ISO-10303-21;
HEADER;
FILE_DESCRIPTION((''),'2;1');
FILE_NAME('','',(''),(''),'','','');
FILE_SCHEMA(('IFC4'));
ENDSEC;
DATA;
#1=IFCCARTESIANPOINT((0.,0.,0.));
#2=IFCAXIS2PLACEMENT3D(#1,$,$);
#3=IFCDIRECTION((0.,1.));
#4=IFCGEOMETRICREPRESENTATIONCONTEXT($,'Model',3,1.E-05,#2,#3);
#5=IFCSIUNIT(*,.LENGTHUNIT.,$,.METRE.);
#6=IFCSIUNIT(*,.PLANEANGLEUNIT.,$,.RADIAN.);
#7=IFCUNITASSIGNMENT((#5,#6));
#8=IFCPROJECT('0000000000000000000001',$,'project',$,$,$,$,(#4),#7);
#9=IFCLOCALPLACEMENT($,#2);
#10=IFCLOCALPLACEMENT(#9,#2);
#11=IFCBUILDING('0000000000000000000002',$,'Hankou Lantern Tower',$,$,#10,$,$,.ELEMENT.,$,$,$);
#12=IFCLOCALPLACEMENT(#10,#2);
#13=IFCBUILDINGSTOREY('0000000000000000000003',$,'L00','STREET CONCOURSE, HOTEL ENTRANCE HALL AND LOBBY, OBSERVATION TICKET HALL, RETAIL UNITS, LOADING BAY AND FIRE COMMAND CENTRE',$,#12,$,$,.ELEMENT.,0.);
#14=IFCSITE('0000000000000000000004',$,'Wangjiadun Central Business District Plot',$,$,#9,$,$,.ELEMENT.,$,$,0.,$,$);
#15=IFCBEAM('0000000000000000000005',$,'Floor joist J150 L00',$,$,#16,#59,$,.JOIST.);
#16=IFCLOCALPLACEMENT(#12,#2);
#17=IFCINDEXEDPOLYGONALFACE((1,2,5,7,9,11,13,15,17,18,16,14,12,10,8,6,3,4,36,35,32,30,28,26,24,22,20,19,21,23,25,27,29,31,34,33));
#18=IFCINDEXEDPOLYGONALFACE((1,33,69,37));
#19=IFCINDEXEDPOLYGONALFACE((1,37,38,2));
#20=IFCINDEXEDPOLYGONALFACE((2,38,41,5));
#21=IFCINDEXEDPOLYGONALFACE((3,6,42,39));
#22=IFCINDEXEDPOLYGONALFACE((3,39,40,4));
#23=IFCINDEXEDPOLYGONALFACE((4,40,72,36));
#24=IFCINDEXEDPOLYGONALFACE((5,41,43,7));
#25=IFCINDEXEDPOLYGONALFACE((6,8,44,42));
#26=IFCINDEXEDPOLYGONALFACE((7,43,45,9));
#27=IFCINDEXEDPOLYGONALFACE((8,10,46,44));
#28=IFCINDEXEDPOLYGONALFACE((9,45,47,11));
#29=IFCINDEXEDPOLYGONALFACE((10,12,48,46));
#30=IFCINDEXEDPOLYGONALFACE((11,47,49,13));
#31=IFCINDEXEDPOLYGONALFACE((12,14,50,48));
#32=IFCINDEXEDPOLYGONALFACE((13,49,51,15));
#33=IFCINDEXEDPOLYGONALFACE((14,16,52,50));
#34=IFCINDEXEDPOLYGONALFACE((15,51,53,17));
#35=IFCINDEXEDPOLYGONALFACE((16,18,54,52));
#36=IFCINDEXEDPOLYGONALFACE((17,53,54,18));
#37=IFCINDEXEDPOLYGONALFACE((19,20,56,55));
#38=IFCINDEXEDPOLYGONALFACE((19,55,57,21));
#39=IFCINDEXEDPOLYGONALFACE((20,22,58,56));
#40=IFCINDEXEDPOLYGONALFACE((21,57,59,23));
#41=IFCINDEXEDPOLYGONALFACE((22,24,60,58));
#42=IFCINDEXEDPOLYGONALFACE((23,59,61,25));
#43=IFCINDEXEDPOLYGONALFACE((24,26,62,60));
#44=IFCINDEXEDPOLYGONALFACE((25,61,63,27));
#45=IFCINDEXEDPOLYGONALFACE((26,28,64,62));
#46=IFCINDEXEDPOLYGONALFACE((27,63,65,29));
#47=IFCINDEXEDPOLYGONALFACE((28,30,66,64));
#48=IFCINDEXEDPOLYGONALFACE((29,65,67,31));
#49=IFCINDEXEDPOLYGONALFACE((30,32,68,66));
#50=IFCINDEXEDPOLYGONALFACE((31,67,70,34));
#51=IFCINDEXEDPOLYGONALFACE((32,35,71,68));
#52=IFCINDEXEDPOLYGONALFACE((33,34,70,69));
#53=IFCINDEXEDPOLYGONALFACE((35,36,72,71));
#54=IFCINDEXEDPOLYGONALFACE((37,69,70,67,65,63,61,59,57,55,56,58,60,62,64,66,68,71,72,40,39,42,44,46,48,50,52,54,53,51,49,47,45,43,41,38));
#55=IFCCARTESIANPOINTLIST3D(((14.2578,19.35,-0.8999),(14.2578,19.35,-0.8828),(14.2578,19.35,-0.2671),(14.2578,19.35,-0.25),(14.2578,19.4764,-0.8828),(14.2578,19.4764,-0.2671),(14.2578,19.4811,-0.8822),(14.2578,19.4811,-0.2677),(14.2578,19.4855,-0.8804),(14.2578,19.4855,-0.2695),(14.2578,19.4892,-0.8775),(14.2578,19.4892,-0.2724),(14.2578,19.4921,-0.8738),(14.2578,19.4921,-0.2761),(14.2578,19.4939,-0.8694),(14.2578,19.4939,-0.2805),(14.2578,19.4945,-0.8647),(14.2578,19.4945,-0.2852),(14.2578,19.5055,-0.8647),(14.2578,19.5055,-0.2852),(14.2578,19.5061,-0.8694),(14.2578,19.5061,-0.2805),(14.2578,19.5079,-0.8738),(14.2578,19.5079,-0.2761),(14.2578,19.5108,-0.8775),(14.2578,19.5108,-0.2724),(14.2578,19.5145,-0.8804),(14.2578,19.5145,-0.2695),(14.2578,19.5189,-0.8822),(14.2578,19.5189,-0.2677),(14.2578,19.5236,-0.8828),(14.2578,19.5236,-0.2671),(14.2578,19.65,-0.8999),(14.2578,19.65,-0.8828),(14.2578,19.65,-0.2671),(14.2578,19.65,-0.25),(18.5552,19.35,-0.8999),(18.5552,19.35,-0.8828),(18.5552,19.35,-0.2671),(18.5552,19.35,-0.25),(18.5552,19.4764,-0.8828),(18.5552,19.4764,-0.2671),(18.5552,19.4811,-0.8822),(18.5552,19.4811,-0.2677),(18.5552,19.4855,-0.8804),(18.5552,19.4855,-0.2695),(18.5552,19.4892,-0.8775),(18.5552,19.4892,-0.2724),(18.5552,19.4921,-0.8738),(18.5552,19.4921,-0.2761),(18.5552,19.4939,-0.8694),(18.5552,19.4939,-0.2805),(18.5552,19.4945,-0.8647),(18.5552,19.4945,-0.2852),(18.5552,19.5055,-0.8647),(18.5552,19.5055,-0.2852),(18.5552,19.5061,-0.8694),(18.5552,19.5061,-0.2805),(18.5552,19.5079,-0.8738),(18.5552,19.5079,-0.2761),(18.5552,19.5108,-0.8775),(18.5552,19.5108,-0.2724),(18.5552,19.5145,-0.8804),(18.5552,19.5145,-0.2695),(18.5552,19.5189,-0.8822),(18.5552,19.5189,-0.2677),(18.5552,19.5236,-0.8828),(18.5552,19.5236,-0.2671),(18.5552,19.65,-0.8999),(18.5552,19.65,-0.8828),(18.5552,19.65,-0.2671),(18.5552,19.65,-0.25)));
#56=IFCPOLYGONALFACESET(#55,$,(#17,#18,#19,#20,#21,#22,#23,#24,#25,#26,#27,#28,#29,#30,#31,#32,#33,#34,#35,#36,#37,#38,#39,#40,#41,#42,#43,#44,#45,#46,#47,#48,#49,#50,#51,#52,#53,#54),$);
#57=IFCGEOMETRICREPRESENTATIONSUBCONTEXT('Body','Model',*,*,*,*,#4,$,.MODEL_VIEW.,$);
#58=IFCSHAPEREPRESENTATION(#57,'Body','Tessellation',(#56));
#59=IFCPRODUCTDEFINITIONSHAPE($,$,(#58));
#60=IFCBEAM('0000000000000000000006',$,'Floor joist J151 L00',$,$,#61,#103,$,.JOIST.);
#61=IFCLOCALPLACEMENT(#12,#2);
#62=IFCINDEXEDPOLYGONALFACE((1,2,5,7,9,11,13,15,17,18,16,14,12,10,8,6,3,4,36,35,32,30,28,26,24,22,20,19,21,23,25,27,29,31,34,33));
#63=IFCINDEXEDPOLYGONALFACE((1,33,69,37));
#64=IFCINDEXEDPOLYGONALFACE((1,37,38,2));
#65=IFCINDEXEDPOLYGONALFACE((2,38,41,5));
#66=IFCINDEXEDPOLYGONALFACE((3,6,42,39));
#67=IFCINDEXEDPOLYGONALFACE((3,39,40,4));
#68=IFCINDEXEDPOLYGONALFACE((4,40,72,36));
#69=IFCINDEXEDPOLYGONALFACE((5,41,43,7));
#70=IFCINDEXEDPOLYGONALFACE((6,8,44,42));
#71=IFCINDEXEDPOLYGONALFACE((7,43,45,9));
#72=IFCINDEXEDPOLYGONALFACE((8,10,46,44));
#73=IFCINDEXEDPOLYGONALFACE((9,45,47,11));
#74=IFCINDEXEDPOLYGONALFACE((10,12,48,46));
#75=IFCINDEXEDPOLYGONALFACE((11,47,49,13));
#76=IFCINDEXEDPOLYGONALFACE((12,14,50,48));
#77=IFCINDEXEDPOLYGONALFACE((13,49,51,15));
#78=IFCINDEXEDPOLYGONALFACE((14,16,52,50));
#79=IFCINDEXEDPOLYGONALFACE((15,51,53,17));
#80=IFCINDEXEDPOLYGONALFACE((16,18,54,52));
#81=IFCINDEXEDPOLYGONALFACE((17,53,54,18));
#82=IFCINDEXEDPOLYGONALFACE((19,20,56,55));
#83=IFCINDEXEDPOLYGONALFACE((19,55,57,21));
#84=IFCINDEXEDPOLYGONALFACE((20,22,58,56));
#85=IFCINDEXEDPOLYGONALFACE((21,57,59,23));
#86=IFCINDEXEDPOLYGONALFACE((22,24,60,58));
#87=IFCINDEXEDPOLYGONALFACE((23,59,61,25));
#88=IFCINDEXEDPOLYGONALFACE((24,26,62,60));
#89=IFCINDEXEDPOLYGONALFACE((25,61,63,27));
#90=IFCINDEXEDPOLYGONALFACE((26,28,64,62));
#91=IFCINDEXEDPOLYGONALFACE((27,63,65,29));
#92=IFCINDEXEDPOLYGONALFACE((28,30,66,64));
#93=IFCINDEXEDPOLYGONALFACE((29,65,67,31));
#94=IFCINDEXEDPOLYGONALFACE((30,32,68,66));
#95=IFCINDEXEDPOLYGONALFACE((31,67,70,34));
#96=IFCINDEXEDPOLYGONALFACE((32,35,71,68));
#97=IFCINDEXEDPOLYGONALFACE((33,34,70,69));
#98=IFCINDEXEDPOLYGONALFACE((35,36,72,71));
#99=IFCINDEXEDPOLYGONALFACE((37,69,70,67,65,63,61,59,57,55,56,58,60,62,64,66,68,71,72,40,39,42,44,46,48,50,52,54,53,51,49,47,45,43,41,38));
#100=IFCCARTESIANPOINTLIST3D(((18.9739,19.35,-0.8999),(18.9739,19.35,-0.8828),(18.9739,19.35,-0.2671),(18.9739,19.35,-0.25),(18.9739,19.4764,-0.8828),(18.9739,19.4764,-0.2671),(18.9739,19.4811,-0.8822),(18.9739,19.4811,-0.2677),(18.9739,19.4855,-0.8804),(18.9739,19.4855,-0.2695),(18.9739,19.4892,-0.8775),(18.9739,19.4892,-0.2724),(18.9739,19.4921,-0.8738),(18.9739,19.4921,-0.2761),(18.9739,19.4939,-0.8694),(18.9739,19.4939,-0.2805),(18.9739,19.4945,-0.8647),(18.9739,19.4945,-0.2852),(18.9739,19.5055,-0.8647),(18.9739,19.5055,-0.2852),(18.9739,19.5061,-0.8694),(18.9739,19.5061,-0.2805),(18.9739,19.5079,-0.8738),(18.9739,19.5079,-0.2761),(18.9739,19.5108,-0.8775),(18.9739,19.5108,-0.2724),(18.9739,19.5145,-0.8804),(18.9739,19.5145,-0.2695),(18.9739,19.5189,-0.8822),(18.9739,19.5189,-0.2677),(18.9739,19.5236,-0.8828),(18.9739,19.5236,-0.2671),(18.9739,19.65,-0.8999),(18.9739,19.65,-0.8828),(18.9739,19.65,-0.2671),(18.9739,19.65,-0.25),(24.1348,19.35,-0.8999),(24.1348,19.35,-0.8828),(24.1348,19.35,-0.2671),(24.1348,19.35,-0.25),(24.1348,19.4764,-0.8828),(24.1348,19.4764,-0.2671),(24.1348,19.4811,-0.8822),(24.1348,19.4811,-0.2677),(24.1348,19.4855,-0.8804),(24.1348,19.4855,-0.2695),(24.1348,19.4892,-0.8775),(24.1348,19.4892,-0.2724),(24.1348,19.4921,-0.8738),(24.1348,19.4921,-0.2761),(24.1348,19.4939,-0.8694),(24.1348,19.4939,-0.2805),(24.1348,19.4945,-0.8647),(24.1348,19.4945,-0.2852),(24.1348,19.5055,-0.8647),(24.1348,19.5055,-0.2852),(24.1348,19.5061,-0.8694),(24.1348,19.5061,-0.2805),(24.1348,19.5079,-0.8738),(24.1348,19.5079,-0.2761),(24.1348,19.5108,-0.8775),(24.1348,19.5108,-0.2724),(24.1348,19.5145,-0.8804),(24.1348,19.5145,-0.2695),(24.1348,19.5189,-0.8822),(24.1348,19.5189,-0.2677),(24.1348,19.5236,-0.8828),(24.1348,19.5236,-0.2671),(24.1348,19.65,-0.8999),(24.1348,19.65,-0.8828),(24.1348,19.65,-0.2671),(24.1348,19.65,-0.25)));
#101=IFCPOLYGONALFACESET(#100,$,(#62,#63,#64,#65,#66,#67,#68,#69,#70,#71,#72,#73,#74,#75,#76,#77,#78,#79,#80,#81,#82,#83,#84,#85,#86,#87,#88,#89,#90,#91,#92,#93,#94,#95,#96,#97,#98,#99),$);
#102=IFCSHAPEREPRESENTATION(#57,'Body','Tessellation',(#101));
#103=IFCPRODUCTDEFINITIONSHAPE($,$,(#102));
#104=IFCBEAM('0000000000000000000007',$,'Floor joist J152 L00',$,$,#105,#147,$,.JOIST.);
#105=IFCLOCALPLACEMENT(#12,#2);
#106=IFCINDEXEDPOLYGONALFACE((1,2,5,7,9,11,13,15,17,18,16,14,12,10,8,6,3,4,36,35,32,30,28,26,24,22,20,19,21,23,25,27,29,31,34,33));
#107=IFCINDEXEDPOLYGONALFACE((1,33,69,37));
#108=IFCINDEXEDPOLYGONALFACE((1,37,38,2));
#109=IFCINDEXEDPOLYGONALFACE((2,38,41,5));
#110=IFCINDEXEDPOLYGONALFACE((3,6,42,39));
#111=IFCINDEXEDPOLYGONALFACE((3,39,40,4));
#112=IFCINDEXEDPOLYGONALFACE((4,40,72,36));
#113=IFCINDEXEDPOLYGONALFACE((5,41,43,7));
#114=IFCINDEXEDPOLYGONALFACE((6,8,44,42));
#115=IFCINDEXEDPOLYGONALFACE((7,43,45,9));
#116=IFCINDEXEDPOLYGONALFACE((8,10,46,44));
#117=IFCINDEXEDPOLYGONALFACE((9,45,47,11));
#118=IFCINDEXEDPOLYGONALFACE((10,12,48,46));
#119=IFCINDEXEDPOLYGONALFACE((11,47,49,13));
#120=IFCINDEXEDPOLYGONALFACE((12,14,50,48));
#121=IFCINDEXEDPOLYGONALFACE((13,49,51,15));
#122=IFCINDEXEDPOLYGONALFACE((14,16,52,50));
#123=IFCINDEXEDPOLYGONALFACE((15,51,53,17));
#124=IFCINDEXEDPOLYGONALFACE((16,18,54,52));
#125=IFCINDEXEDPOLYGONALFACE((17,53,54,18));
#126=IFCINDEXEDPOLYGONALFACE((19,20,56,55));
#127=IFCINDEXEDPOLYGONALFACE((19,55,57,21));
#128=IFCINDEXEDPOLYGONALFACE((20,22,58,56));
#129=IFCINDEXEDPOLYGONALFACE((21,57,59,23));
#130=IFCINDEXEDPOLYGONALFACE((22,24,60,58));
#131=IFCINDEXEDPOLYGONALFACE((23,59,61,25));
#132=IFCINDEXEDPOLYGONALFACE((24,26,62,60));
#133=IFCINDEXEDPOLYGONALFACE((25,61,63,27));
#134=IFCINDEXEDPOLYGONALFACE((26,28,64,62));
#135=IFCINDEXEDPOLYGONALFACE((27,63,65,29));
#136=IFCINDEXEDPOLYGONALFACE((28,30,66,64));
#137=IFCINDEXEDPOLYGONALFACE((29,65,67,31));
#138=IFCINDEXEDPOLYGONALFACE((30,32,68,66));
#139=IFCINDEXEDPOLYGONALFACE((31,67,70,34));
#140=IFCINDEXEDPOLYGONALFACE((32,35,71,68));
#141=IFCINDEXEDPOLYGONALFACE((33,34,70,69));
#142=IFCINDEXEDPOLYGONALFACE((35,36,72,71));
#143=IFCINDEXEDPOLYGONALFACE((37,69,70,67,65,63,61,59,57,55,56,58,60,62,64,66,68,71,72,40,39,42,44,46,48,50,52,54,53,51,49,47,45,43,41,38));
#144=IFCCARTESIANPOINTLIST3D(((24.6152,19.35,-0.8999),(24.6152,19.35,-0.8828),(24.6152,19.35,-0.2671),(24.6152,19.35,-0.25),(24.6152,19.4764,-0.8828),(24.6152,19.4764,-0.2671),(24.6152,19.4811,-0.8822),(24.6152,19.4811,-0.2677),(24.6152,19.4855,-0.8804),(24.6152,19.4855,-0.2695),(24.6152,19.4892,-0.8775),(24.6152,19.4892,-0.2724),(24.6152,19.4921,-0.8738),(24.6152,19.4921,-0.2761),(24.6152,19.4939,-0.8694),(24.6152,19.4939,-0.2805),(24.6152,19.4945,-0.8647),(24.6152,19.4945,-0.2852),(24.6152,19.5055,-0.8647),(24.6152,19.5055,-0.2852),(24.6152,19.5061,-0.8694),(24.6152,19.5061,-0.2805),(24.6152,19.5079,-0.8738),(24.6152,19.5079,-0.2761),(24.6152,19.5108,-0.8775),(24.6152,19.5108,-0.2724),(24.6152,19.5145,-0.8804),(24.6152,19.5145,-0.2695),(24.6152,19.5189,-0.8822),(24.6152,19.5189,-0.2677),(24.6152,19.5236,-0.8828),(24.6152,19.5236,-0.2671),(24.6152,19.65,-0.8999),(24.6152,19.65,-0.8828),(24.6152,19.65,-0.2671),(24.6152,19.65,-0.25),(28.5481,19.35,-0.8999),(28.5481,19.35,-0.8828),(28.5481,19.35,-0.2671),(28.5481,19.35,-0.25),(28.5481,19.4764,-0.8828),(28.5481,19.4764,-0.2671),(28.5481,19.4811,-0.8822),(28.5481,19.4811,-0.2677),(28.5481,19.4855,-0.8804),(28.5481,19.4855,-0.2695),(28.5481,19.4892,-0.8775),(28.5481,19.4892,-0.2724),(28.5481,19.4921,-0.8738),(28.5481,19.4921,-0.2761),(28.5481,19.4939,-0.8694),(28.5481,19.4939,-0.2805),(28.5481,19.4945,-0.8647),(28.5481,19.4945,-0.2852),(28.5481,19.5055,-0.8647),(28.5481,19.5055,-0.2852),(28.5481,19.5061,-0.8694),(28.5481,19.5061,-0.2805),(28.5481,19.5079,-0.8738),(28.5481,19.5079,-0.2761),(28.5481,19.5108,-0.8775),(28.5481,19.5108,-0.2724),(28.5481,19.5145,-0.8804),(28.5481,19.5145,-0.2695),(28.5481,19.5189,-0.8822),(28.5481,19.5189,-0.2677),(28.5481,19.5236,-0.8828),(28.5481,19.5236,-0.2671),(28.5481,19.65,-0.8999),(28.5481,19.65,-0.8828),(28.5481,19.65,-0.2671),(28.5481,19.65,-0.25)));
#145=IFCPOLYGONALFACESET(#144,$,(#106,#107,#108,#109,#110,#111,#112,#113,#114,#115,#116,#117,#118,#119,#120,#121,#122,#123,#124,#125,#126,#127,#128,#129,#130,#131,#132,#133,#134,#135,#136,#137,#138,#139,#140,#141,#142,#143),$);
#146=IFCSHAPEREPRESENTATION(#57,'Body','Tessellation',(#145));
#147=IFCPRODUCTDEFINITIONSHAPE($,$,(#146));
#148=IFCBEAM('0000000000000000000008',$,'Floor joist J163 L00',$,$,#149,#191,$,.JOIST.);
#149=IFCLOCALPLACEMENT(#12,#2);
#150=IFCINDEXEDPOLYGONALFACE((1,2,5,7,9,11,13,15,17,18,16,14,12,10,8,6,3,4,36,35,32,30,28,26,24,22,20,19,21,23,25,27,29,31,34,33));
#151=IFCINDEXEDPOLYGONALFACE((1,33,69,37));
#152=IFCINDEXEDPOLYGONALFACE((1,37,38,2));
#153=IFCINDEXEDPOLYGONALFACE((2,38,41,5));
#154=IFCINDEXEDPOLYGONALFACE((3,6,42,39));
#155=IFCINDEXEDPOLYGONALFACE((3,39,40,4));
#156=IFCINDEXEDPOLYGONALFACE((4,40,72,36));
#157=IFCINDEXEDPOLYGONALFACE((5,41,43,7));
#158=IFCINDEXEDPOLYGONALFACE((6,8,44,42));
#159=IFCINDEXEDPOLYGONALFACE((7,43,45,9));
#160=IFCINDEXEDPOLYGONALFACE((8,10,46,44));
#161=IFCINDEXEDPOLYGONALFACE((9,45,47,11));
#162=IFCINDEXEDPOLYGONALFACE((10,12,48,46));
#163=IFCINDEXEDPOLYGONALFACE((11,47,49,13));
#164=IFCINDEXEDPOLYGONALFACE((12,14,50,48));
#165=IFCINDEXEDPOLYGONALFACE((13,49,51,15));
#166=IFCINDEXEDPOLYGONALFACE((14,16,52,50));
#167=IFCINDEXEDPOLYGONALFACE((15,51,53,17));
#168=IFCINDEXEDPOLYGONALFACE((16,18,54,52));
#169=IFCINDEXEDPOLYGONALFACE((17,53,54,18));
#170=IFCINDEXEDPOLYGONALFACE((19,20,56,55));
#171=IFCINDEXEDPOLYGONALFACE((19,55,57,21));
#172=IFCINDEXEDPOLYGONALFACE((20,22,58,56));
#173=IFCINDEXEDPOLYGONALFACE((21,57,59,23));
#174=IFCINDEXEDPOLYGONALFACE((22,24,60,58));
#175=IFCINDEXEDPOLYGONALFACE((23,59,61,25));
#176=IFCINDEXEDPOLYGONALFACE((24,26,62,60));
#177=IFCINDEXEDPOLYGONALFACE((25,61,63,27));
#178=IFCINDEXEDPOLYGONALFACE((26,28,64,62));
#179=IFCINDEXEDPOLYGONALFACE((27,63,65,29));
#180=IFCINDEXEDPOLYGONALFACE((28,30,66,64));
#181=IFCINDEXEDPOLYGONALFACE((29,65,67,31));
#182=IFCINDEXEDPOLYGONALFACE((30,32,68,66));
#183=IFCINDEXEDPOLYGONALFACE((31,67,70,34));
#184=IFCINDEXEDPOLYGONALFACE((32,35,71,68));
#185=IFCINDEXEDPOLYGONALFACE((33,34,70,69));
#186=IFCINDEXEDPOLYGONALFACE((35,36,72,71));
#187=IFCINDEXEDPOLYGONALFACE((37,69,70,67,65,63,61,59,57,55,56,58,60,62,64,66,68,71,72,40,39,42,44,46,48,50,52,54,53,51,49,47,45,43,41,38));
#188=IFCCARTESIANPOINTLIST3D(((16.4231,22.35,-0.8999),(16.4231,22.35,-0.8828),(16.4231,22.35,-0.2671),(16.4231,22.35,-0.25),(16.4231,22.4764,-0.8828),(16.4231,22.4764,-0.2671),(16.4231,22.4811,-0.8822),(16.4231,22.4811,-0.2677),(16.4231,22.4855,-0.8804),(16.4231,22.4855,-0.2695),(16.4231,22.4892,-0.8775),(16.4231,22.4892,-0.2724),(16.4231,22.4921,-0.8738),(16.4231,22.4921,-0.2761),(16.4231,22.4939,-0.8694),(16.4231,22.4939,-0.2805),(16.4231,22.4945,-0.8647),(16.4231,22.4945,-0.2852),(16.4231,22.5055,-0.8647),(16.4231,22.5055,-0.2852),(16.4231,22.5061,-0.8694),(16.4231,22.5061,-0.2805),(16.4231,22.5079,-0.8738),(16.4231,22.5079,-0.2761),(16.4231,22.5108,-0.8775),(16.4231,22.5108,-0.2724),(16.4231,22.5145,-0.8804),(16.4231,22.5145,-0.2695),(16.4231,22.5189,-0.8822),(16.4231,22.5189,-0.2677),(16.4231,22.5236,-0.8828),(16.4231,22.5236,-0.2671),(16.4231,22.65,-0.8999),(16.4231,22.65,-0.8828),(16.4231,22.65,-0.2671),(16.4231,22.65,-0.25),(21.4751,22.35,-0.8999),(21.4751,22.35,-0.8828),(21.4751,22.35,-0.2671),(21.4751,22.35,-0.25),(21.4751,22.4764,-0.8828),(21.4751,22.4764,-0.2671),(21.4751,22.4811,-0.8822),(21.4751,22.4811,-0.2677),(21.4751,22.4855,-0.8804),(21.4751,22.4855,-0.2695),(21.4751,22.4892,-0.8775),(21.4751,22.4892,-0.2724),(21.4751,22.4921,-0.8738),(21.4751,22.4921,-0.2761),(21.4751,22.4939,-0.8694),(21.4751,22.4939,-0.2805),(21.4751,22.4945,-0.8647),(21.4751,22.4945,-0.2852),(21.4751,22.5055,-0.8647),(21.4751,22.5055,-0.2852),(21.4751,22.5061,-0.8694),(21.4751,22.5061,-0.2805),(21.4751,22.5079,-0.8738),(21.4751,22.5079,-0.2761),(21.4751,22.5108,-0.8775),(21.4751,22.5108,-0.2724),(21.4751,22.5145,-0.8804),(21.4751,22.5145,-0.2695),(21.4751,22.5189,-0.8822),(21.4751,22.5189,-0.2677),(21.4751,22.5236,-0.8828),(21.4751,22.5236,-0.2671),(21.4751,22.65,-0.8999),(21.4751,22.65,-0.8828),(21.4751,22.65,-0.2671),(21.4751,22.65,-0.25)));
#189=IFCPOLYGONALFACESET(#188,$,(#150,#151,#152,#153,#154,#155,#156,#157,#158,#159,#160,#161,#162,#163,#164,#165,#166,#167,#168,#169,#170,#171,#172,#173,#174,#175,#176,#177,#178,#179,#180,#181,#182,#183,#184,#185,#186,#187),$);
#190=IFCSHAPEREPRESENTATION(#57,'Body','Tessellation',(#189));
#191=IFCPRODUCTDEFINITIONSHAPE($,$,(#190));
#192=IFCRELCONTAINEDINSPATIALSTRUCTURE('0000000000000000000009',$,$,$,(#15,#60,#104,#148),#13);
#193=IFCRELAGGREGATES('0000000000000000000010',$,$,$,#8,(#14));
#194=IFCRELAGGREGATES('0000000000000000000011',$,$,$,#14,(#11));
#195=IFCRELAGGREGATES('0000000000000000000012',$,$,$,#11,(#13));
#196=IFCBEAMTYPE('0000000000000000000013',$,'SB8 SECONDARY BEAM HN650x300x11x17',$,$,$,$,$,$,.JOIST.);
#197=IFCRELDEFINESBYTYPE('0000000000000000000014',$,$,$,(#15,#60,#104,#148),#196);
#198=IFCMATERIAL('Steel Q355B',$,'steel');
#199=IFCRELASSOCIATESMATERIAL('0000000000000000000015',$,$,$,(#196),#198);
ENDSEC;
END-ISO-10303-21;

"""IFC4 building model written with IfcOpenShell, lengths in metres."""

from ifc_helpers import new_model, si_unit, direction, frame, origin, origin_2d, place, context, subcontext, project, spatial, i_section, extrude, material, material_profile, profile_set, type_object, element, save


model = new_model("IFC4")

# Units and contexts
model_context = context("Model", 3, precision=1e-05, world=origin(), true_north=direction((0.0, 1.0)))
body_context = subcontext(model_context, "Body", "Model", "MODEL_VIEW")
ifc_project = project(units=[si_unit("LENGTHUNIT", "METRE"), si_unit("PLANEANGLEUNIT", "RADIAN")], contexts=[model_context])

# Site, building, storey
site_placement = place(None, origin())
site = spatial("IfcSite", under=ifc_project, at=site_placement, Name="Wangjiadun Central Business District Plot", CompositionType="ELEMENT", RefElevation=0.0)
building_placement = place(site_placement, origin())
building = spatial("IfcBuilding", under=site, at=building_placement, Name="Hankou Lantern Tower", CompositionType="ELEMENT")
storey_placement = place(building_placement, origin())
storey = spatial("IfcBuildingStorey", under=building, at=storey_placement, Name="L00", Description="STREET CONCOURSE, HOTEL ENTRANCE HALL AND LOBBY, OBSERVATION TICKET HALL, RETAIL UNITS, LOADING BAY AND FIRE COMMAND CENTRE", CompositionType="ELEMENT", Elevation=0.0)

# Beams
ifc_material_1 = material(Name="Steel Q355B", Category="steel")
ifc_material_profile_1 = material_profile(ifc_material_1, i_section(OverallWidth=0.3, OverallDepth=0.6499, WebThickness=0.011, FlangeThickness=0.0171, FilletRadius=0.0181, at=origin_2d()), Name="HN650x300x11x17")
ifc_profile_set_1 = profile_set([ifc_material_profile_1], Name="Steel Q355B")
beam_type_1 = type_object("IfcBeamType", Name="SB8 SECONDARY BEAM HN650x300x11x17", PredefinedType="JOIST", material=ifc_profile_set_1)
beam_1_placement = place(storey_placement, frame((14.2578, 19.5, -0.575), z_axis=(1.0, 0.0, 0.0), x_axis=(0.0, 1.0, 0.0)))
element("IfcBeam", 1, at=beam_1_placement, inside=storey, type_object=beam_type_1, Name="Floor joist J150 L00", PredefinedType="JOIST", context=body_context, shape_type="SweptSolid", body=[
    extrude(i_section(OverallWidth=0.3, OverallDepth=0.6499, WebThickness=0.011, FlangeThickness=0.0171, FilletRadius=0.0181, at=origin_2d()), origin(), (0.0, 0.0, 1.0), 4.2974),
])
beam_2_placement = place(storey_placement, frame((18.9739, 19.5, -0.575), z_axis=(1.0, 0.0, 0.0), x_axis=(0.0, 1.0, 0.0)))
element("IfcBeam", 2, at=beam_2_placement, inside=storey, type_object=beam_type_1, Name="Floor joist J151 L00", PredefinedType="JOIST", context=body_context, shape_type="SweptSolid", body=[
    extrude(i_section(OverallWidth=0.3, OverallDepth=0.6499, WebThickness=0.011, FlangeThickness=0.0171, FilletRadius=0.0181, at=origin_2d()), origin(), (0.0, 0.0, 1.0), 5.1609),
])
beam_3_placement = place(storey_placement, frame((24.6152, 19.5, -0.575), z_axis=(1.0, 0.0, 0.0), x_axis=(0.0, 1.0, 0.0)))
element("IfcBeam", 3, at=beam_3_placement, inside=storey, type_object=beam_type_1, Name="Floor joist J152 L00", PredefinedType="JOIST", context=body_context, shape_type="SweptSolid", body=[
    extrude(i_section(OverallWidth=0.3, OverallDepth=0.6499, WebThickness=0.011, FlangeThickness=0.0171, FilletRadius=0.0181, at=origin_2d()), origin(), (0.0, 0.0, 1.0), 3.9329),
])
beam_4_placement = place(storey_placement, frame((16.4231, 22.5, -0.575), z_axis=(1.0, 0.0, 0.0), x_axis=(0.0, 1.0, 0.0)))
element("IfcBeam", 4, at=beam_4_placement, inside=storey, type_object=beam_type_1, Name="Floor joist J163 L00", PredefinedType="JOIST", context=body_context, shape_type="SweptSolid", body=[
    extrude(i_section(OverallWidth=0.3, OverallDepth=0.6499, WebThickness=0.011, FlangeThickness=0.0171, FilletRadius=0.0181, at=origin_2d()), origin(), (0.0, 0.0, 1.0), 5.052),
])

save(model, "model.ifc")
